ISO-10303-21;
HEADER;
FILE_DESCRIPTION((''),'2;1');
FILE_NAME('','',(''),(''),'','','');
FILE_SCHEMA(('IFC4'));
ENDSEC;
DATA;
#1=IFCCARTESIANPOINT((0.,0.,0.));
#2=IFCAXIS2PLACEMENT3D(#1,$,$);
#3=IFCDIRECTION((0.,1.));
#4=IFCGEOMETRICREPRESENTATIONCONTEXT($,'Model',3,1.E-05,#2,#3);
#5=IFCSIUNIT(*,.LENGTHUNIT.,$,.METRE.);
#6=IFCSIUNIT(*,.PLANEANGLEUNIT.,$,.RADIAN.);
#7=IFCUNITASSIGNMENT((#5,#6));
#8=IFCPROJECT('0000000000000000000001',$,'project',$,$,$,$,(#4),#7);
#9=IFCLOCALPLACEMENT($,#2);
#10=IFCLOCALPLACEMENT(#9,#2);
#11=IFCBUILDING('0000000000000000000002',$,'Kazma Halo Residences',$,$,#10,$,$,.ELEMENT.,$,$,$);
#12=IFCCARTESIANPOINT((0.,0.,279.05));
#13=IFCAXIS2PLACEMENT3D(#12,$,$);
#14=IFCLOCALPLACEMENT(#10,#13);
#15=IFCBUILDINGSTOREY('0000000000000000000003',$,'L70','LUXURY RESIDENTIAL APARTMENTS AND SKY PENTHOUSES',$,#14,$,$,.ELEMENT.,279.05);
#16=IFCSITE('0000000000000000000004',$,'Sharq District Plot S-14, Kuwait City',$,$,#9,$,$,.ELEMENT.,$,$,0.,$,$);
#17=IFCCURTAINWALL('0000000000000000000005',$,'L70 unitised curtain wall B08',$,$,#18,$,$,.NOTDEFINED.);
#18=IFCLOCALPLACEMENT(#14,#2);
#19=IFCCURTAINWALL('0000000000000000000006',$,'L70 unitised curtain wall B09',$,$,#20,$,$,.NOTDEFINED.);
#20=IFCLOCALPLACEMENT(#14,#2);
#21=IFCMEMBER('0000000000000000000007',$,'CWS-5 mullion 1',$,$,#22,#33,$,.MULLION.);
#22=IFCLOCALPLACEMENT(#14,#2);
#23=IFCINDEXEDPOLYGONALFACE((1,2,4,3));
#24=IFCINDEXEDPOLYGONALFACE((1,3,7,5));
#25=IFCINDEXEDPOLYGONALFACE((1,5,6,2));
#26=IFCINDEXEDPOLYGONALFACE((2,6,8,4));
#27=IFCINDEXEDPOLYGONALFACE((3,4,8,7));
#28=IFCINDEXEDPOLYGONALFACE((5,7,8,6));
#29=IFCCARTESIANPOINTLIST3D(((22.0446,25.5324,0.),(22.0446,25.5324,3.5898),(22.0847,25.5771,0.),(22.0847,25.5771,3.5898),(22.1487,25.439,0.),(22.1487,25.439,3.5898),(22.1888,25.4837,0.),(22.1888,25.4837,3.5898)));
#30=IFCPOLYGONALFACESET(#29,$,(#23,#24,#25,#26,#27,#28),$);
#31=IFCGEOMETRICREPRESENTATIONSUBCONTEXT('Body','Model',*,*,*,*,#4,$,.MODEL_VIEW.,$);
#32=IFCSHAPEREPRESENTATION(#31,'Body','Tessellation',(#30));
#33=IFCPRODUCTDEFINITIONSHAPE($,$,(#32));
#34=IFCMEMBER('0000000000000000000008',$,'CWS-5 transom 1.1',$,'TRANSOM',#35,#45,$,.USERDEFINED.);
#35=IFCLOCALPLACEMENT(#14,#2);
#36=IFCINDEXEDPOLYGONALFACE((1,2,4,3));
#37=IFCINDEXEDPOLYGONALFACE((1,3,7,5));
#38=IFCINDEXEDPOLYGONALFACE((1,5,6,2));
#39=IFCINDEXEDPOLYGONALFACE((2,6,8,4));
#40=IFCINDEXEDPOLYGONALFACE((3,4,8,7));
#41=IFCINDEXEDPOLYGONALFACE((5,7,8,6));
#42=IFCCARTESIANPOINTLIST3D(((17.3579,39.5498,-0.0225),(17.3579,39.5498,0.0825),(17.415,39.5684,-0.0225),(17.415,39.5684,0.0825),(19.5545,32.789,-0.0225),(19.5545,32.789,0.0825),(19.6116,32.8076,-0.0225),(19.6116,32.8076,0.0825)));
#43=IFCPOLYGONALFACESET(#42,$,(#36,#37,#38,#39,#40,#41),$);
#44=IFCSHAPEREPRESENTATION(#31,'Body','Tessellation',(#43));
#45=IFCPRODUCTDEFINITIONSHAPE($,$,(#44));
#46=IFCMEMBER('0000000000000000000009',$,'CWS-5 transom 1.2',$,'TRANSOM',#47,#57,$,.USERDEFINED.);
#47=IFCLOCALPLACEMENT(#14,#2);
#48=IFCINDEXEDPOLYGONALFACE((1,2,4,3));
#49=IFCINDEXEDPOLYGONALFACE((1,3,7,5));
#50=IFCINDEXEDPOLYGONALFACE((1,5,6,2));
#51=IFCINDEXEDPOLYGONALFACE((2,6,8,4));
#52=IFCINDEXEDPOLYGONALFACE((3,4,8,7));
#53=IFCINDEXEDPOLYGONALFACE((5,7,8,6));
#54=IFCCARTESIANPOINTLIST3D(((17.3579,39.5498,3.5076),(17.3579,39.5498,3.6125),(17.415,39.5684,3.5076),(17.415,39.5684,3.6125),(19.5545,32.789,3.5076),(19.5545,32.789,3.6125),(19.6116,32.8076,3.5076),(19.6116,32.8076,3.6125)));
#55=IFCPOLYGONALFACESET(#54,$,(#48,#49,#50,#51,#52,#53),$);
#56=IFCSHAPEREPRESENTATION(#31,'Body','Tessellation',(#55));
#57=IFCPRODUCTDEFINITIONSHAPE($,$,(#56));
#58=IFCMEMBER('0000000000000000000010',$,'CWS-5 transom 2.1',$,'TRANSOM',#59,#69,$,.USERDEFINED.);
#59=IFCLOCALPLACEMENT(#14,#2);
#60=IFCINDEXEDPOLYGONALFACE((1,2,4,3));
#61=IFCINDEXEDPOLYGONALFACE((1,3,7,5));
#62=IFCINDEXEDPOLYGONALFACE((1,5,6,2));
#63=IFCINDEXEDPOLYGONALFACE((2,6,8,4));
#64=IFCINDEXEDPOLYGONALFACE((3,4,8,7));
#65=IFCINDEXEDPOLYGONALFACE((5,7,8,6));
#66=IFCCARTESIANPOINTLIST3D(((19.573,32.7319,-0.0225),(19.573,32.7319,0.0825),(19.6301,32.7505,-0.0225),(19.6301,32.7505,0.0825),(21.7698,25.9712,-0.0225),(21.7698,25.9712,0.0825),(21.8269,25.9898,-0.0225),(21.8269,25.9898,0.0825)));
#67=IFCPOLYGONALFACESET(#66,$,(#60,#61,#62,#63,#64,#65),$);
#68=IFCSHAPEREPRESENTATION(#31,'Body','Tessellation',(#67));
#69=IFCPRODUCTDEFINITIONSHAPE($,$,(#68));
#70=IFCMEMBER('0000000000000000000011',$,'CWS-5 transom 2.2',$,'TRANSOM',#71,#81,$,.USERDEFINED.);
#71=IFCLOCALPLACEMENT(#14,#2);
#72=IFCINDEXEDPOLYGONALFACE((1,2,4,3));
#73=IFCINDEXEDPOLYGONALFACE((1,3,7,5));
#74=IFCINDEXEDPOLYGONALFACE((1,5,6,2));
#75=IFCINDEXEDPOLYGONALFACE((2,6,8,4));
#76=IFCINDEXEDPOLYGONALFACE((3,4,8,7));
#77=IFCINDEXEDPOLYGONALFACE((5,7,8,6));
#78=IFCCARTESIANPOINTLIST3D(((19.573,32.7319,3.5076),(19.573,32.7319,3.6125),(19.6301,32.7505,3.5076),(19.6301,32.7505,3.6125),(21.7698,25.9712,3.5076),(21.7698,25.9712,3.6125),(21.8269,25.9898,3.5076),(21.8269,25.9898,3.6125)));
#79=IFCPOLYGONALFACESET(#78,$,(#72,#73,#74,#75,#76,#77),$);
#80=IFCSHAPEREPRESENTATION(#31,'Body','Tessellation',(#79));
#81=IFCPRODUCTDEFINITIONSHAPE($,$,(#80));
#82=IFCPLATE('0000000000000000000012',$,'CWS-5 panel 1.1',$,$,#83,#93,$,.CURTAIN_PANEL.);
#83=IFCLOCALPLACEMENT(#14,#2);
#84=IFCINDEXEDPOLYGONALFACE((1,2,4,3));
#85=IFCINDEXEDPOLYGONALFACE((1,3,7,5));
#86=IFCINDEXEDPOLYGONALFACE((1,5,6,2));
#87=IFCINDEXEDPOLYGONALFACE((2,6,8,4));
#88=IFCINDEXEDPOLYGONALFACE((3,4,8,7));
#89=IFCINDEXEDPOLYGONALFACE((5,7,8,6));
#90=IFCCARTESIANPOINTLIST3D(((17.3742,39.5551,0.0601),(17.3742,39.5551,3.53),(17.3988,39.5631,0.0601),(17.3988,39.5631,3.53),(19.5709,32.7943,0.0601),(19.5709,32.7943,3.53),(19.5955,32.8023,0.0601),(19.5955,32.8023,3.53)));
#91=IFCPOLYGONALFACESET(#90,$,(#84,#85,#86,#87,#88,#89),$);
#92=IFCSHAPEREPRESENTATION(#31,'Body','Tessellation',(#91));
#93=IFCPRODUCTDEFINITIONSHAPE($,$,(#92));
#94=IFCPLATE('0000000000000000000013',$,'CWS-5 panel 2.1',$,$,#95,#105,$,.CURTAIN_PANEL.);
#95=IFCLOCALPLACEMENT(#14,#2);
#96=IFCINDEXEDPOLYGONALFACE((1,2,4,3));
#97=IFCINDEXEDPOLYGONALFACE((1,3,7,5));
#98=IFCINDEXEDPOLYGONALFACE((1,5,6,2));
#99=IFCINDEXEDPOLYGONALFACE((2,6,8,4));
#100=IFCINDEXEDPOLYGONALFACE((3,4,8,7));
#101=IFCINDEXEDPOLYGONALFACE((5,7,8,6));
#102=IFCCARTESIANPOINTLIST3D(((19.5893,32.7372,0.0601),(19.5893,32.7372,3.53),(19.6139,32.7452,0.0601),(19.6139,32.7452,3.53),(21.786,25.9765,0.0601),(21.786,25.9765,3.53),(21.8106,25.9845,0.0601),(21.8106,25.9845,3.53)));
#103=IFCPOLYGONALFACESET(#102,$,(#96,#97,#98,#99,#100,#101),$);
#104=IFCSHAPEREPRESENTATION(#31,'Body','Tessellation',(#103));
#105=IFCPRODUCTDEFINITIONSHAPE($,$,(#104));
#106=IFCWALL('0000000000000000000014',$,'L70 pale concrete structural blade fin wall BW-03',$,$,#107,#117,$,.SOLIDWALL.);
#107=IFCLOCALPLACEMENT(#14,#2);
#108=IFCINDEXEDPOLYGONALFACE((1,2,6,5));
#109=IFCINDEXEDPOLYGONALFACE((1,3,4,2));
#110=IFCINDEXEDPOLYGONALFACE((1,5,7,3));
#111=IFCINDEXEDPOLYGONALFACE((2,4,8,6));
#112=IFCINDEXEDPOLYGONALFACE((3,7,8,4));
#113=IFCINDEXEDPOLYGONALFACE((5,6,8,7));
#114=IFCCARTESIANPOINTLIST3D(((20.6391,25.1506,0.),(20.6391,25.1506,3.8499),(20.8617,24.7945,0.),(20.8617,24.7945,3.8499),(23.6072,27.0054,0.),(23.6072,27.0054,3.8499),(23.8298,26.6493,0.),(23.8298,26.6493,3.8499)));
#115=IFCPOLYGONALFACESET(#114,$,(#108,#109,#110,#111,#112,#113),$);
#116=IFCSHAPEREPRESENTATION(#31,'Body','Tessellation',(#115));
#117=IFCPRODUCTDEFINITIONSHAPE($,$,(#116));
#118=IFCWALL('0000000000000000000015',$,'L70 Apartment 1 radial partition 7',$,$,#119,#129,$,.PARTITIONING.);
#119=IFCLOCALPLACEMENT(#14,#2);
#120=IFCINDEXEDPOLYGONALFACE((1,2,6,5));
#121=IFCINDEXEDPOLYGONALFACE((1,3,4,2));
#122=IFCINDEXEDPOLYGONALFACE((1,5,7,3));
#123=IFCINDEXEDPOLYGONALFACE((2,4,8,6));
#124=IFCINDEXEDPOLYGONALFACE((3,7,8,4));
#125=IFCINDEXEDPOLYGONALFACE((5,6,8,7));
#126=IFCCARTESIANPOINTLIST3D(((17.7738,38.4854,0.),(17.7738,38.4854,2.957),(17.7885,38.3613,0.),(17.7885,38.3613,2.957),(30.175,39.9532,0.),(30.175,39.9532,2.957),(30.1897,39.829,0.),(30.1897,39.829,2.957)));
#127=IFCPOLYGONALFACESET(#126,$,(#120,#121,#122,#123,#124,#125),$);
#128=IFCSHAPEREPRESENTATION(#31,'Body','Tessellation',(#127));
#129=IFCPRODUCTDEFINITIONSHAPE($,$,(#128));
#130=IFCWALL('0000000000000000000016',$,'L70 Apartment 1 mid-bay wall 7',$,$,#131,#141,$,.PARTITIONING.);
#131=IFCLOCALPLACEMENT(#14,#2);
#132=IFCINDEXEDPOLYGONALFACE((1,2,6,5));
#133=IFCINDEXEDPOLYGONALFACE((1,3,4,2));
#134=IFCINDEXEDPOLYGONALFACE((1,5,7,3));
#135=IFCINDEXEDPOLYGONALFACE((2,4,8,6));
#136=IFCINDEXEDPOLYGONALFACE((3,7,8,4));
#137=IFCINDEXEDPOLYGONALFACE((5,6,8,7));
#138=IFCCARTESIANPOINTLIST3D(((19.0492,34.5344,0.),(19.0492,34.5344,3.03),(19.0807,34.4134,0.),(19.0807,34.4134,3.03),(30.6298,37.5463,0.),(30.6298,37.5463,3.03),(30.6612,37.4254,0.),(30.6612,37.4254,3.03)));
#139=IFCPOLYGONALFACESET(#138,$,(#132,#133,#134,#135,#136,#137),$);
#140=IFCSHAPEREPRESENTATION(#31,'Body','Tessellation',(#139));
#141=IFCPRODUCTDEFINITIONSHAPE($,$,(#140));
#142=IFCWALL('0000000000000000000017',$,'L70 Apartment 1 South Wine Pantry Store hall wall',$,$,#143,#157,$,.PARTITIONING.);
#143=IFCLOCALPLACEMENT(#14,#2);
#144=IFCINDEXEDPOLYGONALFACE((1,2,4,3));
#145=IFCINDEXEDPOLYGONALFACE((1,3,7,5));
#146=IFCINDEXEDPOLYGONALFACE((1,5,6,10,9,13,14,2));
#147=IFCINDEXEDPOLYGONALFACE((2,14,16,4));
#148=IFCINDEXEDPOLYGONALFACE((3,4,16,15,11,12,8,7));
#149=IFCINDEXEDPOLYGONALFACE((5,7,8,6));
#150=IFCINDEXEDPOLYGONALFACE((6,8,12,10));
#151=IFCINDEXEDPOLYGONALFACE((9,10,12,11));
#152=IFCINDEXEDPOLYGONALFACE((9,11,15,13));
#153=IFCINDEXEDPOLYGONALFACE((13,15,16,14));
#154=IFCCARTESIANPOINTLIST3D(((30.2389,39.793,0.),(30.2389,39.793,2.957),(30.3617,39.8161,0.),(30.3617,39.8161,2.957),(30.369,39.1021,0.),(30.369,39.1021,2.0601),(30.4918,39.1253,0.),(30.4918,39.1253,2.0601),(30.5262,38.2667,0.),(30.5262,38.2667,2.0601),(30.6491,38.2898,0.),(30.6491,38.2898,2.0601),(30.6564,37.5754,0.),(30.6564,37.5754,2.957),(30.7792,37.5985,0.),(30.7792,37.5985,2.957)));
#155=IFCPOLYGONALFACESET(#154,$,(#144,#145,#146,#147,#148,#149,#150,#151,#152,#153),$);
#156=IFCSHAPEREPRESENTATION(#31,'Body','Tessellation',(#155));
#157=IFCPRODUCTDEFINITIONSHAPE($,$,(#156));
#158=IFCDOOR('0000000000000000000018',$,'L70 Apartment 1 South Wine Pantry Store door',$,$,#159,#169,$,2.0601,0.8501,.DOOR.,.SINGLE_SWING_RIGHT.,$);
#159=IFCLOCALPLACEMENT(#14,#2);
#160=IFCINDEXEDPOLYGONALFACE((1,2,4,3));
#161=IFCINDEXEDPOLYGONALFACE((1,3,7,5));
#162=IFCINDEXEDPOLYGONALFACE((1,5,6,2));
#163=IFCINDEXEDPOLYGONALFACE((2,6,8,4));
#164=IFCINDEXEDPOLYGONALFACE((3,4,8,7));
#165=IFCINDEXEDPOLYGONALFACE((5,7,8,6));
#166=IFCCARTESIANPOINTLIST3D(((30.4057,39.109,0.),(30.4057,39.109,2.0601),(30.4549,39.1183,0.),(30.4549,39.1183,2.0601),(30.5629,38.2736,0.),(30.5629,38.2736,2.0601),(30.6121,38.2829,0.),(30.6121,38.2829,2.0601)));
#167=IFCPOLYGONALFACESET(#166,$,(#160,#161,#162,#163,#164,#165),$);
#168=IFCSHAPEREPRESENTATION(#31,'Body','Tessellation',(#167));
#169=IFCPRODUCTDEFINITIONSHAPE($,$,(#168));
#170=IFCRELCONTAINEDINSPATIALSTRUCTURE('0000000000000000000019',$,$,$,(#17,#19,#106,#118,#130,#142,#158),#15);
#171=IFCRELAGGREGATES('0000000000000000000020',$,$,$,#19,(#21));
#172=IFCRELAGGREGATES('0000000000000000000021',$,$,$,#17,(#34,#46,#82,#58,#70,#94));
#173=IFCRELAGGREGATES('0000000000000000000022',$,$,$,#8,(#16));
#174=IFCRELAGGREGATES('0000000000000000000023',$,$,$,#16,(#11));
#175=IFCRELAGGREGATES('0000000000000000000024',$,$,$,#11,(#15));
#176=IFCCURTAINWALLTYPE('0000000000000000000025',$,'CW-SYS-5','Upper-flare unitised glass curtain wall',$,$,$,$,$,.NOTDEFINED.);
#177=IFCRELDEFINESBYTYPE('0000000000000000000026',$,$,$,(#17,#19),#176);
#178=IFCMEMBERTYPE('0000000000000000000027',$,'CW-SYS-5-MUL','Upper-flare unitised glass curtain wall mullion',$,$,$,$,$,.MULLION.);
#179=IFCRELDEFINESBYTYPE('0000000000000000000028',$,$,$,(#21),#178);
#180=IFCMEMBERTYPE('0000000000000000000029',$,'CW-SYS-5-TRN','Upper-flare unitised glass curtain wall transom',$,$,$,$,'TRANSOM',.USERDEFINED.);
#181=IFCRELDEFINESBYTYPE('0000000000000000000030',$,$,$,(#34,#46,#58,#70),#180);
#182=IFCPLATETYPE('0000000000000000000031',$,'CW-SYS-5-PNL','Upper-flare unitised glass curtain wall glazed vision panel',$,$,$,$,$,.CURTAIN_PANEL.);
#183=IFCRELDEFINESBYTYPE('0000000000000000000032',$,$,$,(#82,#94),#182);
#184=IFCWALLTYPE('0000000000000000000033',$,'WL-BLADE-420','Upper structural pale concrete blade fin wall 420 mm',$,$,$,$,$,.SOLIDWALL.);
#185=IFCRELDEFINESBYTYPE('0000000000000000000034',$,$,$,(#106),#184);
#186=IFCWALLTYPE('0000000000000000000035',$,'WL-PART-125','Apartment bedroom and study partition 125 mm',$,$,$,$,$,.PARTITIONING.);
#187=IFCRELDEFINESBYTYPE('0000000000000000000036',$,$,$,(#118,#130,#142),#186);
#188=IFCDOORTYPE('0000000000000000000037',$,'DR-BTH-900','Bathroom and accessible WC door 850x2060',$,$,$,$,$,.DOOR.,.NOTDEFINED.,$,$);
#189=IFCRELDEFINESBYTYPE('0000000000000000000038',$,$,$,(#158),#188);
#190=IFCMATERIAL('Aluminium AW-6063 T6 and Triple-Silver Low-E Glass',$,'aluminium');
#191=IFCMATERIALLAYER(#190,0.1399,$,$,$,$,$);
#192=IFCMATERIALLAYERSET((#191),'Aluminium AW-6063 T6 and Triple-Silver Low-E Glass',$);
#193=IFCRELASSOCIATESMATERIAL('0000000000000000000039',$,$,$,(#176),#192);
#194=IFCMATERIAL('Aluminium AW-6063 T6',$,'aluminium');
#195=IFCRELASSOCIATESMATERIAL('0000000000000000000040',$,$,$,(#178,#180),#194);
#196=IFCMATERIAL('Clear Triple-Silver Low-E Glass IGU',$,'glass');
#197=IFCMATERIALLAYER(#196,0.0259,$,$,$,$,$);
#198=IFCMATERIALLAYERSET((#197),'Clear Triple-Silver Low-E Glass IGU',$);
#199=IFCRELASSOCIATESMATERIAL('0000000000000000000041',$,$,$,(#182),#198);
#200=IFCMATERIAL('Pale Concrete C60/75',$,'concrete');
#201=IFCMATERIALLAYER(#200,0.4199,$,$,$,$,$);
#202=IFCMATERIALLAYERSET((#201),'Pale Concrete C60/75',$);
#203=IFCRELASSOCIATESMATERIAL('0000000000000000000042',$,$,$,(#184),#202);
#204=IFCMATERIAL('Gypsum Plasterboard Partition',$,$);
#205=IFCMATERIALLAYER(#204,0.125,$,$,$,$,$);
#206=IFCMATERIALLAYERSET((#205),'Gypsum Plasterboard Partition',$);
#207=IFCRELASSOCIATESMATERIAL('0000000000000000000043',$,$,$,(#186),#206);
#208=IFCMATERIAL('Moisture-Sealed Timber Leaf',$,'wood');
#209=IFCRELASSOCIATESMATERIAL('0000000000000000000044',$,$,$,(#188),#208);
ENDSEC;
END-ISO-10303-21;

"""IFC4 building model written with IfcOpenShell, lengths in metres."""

from ifc_helpers import new_model, si_unit, direction, frame, frame_2d, origin, origin_2d, place, context, subcontext, project, spatial, rectangle, extrude, material, layer, layer_set, material_profile, profile_set, type_object, element, fill, aggregate, save


model = new_model("IFC4")

# Units and contexts
model_context = context("Model", 3, precision=1e-05, world=origin(), true_north=direction((0.0, 1.0)))
body_context = subcontext(model_context, "Body", "Model", "MODEL_VIEW")
ifc_project = project(units=[si_unit("LENGTHUNIT", "METRE"), si_unit("PLANEANGLEUNIT", "RADIAN")], contexts=[model_context])

# Site, building, storey
site_placement = place(None, origin())
site = spatial("IfcSite", under=ifc_project, at=site_placement, Name="Sharq District Plot S-14, Kuwait City", CompositionType="ELEMENT", RefElevation=0.0)
building_placement = place(site_placement, origin())
building = spatial("IfcBuilding", under=site, at=building_placement, Name="Kazma Halo Residences", CompositionType="ELEMENT")
storey_placement = place(building_placement, frame((0.0, 0.0, 279.05)))
storey = spatial("IfcBuildingStorey", under=building, at=storey_placement, Name="L70", Description="LUXURY RESIDENTIAL APARTMENTS AND SKY PENTHOUSES", CompositionType="ELEMENT", Elevation=279.05)

# Curtain wall
ifc_material_1 = material(Name="Aluminium AW-6063 T6 and Triple-Silver Low-E Glass", Category="aluminium")
ifc_layer_1 = layer(ifc_material_1, 0.1399)
ifc_layer_set_1 = layer_set([ifc_layer_1], Name="Aluminium AW-6063 T6 and Triple-Silver Low-E Glass")
curtain_wall_type = type_object("IfcCurtainWallType", Name="CW-SYS-5", Description="Upper-flare unitised glass curtain wall", PredefinedType="NOTDEFINED", material=ifc_layer_set_1)
curtain_wall_1_placement = place(storey_placement, origin())
curtain_wall_1 = element("IfcCurtainWall", 1, at=curtain_wall_1_placement, inside=storey, type_object=curtain_wall_type, Name="L70 unitised curtain wall B08", PredefinedType="NOTDEFINED")
ifc_material_2 = material(Name="Aluminium AW-6063 T6", Category="aluminium")
ifc_material_profile_1 = material_profile(ifc_material_2, rectangle(XDim=0.0601, YDim=0.1399, at=origin_2d()), Name="CWM-60x140")
ifc_profile_set_1 = profile_set([ifc_material_profile_1], Name="Aluminium AW-6063 T6")
member_type_1 = type_object("IfcMemberType", Name="CW-SYS-5-MUL", Description="Upper-flare unitised glass curtain wall mullion", PredefinedType="MULLION", material=ifc_profile_set_1)

# Curtain wall, member
curtain_wall_2_placement = place(storey_placement, origin())
curtain_wall_2 = element("IfcCurtainWall", 2, at=curtain_wall_2_placement, inside=storey, type_object=curtain_wall_type, Name="L70 unitised curtain wall B09", PredefinedType="NOTDEFINED")
member_1_placement = place(storey_placement, frame((22.1167, 25.5081, 0.0), z_axis=(0.0, 0.0, 1.0), x_axis=(0.667805, 0.744336, 0.0)))
member_1 = element("IfcMember", 3, at=member_1_placement, type_object=member_type_1, Name="CWS-5 mullion 1", PredefinedType="MULLION", context=body_context, shape_type="SweptSolid", body=[
    extrude(rectangle(XDim=0.0601, YDim=0.1399, at=origin_2d()), origin(), (0.0, 0.0, 1.0), 3.5898),
])
aggregate(curtain_wall_2, [member_1])

# Members
ifc_material_profile_2 = material_profile(ifc_material_2, rectangle(XDim=0.0601, YDim=0.105, at=origin_2d()), Name="CWT-60x105")
ifc_profile_set_2 = profile_set([ifc_material_profile_2], Name="Aluminium AW-6063 T6")
member_type_2 = type_object("IfcMemberType", Name="CW-SYS-5-TRN", Description="Upper-flare unitised glass curtain wall transom", ElementType="TRANSOM", PredefinedType="USERDEFINED", material=ifc_profile_set_2)
member_2_placement = place(storey_placement, frame((17.3865, 39.5591, 0.03), z_axis=(0.308996, -0.951063, 0.0), x_axis=(0.951063, 0.308996, 0.0)))
member_2 = element("IfcMember", 4, at=member_2_placement, type_object=member_type_2, Name="CWS-5 transom 1.1", ObjectType="TRANSOM", PredefinedType="USERDEFINED", context=body_context, shape_type="SweptSolid", body=[
    extrude(rectangle(XDim=0.0601, YDim=0.105, at=origin_2d()), origin(), (0.0, 0.0, 1.0), 7.1086),
])
member_3_placement = place(storey_placement, frame((17.3865, 39.5591, 3.5601), z_axis=(0.308996, -0.951063, 0.0), x_axis=(0.951063, 0.308996, 0.0)))
member_3 = element("IfcMember", 5, at=member_3_placement, type_object=member_type_2, Name="CWS-5 transom 1.2", ObjectType="TRANSOM", PredefinedType="USERDEFINED", context=body_context, shape_type="SweptSolid", body=[
    extrude(rectangle(XDim=0.0601, YDim=0.105, at=origin_2d()), origin(), (0.0, 0.0, 1.0), 7.1086),
])
member_4_placement = place(storey_placement, frame((19.6016, 32.7412, 0.03), z_axis=(0.309027, -0.951053, 0.0), x_axis=(0.951053, 0.309027, 0.0)))
member_4 = element("IfcMember", 6, at=member_4_placement, type_object=member_type_2, Name="CWS-5 transom 2.1", ObjectType="TRANSOM", PredefinedType="USERDEFINED", context=body_context, shape_type="SweptSolid", body=[
    extrude(rectangle(XDim=0.0601, YDim=0.105, at=origin_2d()), origin(), (0.0, 0.0, 1.0), 7.1086),
])
member_5_placement = place(storey_placement, frame((19.6016, 32.7412, 3.5601), z_axis=(0.309027, -0.951053, 0.0), x_axis=(0.951053, 0.309027, 0.0)))
member_5 = element("IfcMember", 7, at=member_5_placement, type_object=member_type_2, Name="CWS-5 transom 2.2", ObjectType="TRANSOM", PredefinedType="USERDEFINED", context=body_context, shape_type="SweptSolid", body=[
    extrude(rectangle(XDim=0.0601, YDim=0.105, at=origin_2d()), origin(), (0.0, 0.0, 1.0), 7.1086),
])

# Plates
ifc_material_3 = material(Name="Clear Triple-Silver Low-E Glass IGU", Category="glass")
ifc_layer_2 = layer(ifc_material_3, 0.0259)
ifc_layer_set_2 = layer_set([ifc_layer_2], Name="Clear Triple-Silver Low-E Glass IGU")
plate_type = type_object("IfcPlateType", Name="CW-SYS-5-PNL", Description="Upper-flare unitised glass curtain wall glazed vision panel", PredefinedType="CURTAIN_PANEL", material=ifc_layer_set_2)
plate_1_placement = place(storey_placement, frame((18.4849, 36.1787, 0.0601), z_axis=(0.0, 0.0, 1.0), x_axis=(0.309011, -0.951058, 0.0)))
plate_1 = element("IfcPlate", 8, at=plate_1_placement, type_object=plate_type, Name="CWS-5 panel 1.1", PredefinedType="CURTAIN_PANEL", context=body_context, shape_type="SweptSolid", body=[
    extrude(rectangle(XDim=7.1086, YDim=0.0259, at=origin_2d()), origin(), (0.0, 0.0, 1.0), 3.47),
])
plate_2_placement = place(storey_placement, frame((20.7, 29.3608, 0.0601), z_axis=(0.0, 0.0, 1.0), x_axis=(0.309011, -0.951058, 0.0)))
plate_2 = element("IfcPlate", 9, at=plate_2_placement, type_object=plate_type, Name="CWS-5 panel 2.1", PredefinedType="CURTAIN_PANEL", context=body_context, shape_type="SweptSolid", body=[
    extrude(rectangle(XDim=7.1086, YDim=0.0259, at=origin_2d()), origin(), (0.0, 0.0, 1.0), 3.47),
])
aggregate(curtain_wall_1, [member_2, member_3, plate_1, member_4, member_5, plate_2])

# Walls
ifc_material_4 = material(Name="Pale Concrete C60/75", Category="concrete")
ifc_layer_3 = layer(ifc_material_4, 0.4199)
ifc_layer_set_3 = layer_set([ifc_layer_3], Name="Pale Concrete C60/75")
wall_type_1 = type_object("IfcWallType", Name="WL-BLADE-420", Description="Upper structural pale concrete blade fin wall 420 mm", PredefinedType="SOLIDWALL", material=ifc_layer_set_3)
wall_1_placement = place(storey_placement, frame((23.7185, 26.8274, 0.0), z_axis=(0.0, 0.0, 1.0), x_axis=(-0.848034, -0.529943, 0.0)))
element("IfcWall", 10, at=wall_1_placement, inside=storey, type_object=wall_type_1, Name="L70 pale concrete structural blade fin wall BW-03", PredefinedType="SOLIDWALL", context=body_context, shape_type="SweptSolid", body=[
    extrude(rectangle(XDim=3.5, YDim=0.4199, at=frame_2d((1.75, 0.0))), origin(), (0.0, 0.0, 1.0), 3.8499),
])
ifc_material_5 = material(Name="Gypsum Plasterboard Partition")
ifc_layer_4 = layer(ifc_material_5, 0.125)
ifc_layer_set_4 = layer_set([ifc_layer_4], Name="Gypsum Plasterboard Partition")
wall_type_2 = type_object("IfcWallType", Name="WL-PART-125", Description="Apartment bedroom and study partition 125 mm", PredefinedType="PARTITIONING", material=ifc_layer_set_4)
wall_2_placement = place(storey_placement, frame((30.1824, 39.8911, 0.0), z_axis=(0.0, 0.0, 1.0), x_axis=(-0.993068, -0.117538, 0.0)))
element("IfcWall", 11, at=wall_2_placement, inside=storey, type_object=wall_type_2, Name="L70 Apartment 1 radial partition 7", PredefinedType="PARTITIONING", context=body_context, shape_type="SweptSolid", body=[
    extrude(rectangle(XDim=12.4878, YDim=0.125, at=frame_2d((6.2439, 0.0))), origin(), (0.0, 0.0, 1.0), 2.957),
])
wall_3_placement = place(storey_placement, frame((30.6455, 37.4858, 0.0), z_axis=(0.0, 0.0, 1.0), x_axis=(-0.967802, -0.251713, 0.0)))
element("IfcWall", 12, at=wall_3_placement, inside=storey, type_object=wall_type_2, Name="L70 Apartment 1 mid-bay wall 7", PredefinedType="PARTITIONING", context=body_context, shape_type="SweptSolid", body=[
    extrude(rectangle(XDim=11.9658, YDim=0.125, at=frame_2d((5.9829, 0.0))), origin(), (0.0, 0.0, 1.0), 3.03),
])

# Wall, opening, door
wall_4_placement = place(storey_placement, frame((30.3003, 39.8047, 0.0), z_axis=(0.0, 0.0, 1.0), x_axis=(0.185014, -0.982736, 0.0)))
wall_4 = element("IfcWall", 13, at=wall_4_placement, inside=storey, type_object=wall_type_2, Name="L70 Apartment 1 South Wine Pantry Store hall wall", PredefinedType="PARTITIONING", context=body_context, shape_type="SweptSolid", body=[
    extrude(rectangle(XDim=2.2566, YDim=0.125, at=frame_2d((1.1284, 0.0))), origin(), (0.0, 0.0, 1.0), 2.957),
])
opening_1_placement = place(wall_4_placement, frame((0.7031, 0.0, 0.0)))
opening_1 = element("IfcOpeningElement", 14, at=opening_1_placement, cuts=wall_4, PredefinedType="OPENING", context=body_context, shape_type="SweptSolid", body=[
    extrude(rectangle(XDim=0.8501, YDim=2.0601, at=frame_2d((0.425, 1.03))), frame((0.0, 0.0725, 0.0), z_axis=(0.0, -1.0, 0.0), x_axis=(1.0, 0.0, 0.0)), (0.0, 0.0, 1.0), 0.145),
])
ifc_material_6 = material(Name="Moisture-Sealed Timber Leaf", Category="wood")
door_type_1 = type_object("IfcDoorType", Name="DR-BTH-900", Description="Bathroom and accessible WC door 850x2060", OperationType="NOTDEFINED", PredefinedType="DOOR", material=ifc_material_6)
door_1_placement = place(opening_1_placement, origin())
door_1 = element("IfcDoor", 15, at=door_1_placement, inside=storey, type_object=door_type_1, Name="L70 Apartment 1 South Wine Pantry Store door", OperationType="SINGLE_SWING_RIGHT", OverallHeight=2.0601, OverallWidth=0.8501, PredefinedType="DOOR", context=body_context, shape_type="SweptSolid", body=[
    extrude(rectangle(XDim=0.8501, YDim=2.0601, at=frame_2d((0.425, 1.03))), frame((0.0, 0.0249, 0.0), z_axis=(0.0, -1.0, 0.0), x_axis=(1.0, 0.0, 0.0)), (0.0, 0.0, 1.0), 0.05),
])
fill(opening_1, door_1)

save(model, "model.ifc")
